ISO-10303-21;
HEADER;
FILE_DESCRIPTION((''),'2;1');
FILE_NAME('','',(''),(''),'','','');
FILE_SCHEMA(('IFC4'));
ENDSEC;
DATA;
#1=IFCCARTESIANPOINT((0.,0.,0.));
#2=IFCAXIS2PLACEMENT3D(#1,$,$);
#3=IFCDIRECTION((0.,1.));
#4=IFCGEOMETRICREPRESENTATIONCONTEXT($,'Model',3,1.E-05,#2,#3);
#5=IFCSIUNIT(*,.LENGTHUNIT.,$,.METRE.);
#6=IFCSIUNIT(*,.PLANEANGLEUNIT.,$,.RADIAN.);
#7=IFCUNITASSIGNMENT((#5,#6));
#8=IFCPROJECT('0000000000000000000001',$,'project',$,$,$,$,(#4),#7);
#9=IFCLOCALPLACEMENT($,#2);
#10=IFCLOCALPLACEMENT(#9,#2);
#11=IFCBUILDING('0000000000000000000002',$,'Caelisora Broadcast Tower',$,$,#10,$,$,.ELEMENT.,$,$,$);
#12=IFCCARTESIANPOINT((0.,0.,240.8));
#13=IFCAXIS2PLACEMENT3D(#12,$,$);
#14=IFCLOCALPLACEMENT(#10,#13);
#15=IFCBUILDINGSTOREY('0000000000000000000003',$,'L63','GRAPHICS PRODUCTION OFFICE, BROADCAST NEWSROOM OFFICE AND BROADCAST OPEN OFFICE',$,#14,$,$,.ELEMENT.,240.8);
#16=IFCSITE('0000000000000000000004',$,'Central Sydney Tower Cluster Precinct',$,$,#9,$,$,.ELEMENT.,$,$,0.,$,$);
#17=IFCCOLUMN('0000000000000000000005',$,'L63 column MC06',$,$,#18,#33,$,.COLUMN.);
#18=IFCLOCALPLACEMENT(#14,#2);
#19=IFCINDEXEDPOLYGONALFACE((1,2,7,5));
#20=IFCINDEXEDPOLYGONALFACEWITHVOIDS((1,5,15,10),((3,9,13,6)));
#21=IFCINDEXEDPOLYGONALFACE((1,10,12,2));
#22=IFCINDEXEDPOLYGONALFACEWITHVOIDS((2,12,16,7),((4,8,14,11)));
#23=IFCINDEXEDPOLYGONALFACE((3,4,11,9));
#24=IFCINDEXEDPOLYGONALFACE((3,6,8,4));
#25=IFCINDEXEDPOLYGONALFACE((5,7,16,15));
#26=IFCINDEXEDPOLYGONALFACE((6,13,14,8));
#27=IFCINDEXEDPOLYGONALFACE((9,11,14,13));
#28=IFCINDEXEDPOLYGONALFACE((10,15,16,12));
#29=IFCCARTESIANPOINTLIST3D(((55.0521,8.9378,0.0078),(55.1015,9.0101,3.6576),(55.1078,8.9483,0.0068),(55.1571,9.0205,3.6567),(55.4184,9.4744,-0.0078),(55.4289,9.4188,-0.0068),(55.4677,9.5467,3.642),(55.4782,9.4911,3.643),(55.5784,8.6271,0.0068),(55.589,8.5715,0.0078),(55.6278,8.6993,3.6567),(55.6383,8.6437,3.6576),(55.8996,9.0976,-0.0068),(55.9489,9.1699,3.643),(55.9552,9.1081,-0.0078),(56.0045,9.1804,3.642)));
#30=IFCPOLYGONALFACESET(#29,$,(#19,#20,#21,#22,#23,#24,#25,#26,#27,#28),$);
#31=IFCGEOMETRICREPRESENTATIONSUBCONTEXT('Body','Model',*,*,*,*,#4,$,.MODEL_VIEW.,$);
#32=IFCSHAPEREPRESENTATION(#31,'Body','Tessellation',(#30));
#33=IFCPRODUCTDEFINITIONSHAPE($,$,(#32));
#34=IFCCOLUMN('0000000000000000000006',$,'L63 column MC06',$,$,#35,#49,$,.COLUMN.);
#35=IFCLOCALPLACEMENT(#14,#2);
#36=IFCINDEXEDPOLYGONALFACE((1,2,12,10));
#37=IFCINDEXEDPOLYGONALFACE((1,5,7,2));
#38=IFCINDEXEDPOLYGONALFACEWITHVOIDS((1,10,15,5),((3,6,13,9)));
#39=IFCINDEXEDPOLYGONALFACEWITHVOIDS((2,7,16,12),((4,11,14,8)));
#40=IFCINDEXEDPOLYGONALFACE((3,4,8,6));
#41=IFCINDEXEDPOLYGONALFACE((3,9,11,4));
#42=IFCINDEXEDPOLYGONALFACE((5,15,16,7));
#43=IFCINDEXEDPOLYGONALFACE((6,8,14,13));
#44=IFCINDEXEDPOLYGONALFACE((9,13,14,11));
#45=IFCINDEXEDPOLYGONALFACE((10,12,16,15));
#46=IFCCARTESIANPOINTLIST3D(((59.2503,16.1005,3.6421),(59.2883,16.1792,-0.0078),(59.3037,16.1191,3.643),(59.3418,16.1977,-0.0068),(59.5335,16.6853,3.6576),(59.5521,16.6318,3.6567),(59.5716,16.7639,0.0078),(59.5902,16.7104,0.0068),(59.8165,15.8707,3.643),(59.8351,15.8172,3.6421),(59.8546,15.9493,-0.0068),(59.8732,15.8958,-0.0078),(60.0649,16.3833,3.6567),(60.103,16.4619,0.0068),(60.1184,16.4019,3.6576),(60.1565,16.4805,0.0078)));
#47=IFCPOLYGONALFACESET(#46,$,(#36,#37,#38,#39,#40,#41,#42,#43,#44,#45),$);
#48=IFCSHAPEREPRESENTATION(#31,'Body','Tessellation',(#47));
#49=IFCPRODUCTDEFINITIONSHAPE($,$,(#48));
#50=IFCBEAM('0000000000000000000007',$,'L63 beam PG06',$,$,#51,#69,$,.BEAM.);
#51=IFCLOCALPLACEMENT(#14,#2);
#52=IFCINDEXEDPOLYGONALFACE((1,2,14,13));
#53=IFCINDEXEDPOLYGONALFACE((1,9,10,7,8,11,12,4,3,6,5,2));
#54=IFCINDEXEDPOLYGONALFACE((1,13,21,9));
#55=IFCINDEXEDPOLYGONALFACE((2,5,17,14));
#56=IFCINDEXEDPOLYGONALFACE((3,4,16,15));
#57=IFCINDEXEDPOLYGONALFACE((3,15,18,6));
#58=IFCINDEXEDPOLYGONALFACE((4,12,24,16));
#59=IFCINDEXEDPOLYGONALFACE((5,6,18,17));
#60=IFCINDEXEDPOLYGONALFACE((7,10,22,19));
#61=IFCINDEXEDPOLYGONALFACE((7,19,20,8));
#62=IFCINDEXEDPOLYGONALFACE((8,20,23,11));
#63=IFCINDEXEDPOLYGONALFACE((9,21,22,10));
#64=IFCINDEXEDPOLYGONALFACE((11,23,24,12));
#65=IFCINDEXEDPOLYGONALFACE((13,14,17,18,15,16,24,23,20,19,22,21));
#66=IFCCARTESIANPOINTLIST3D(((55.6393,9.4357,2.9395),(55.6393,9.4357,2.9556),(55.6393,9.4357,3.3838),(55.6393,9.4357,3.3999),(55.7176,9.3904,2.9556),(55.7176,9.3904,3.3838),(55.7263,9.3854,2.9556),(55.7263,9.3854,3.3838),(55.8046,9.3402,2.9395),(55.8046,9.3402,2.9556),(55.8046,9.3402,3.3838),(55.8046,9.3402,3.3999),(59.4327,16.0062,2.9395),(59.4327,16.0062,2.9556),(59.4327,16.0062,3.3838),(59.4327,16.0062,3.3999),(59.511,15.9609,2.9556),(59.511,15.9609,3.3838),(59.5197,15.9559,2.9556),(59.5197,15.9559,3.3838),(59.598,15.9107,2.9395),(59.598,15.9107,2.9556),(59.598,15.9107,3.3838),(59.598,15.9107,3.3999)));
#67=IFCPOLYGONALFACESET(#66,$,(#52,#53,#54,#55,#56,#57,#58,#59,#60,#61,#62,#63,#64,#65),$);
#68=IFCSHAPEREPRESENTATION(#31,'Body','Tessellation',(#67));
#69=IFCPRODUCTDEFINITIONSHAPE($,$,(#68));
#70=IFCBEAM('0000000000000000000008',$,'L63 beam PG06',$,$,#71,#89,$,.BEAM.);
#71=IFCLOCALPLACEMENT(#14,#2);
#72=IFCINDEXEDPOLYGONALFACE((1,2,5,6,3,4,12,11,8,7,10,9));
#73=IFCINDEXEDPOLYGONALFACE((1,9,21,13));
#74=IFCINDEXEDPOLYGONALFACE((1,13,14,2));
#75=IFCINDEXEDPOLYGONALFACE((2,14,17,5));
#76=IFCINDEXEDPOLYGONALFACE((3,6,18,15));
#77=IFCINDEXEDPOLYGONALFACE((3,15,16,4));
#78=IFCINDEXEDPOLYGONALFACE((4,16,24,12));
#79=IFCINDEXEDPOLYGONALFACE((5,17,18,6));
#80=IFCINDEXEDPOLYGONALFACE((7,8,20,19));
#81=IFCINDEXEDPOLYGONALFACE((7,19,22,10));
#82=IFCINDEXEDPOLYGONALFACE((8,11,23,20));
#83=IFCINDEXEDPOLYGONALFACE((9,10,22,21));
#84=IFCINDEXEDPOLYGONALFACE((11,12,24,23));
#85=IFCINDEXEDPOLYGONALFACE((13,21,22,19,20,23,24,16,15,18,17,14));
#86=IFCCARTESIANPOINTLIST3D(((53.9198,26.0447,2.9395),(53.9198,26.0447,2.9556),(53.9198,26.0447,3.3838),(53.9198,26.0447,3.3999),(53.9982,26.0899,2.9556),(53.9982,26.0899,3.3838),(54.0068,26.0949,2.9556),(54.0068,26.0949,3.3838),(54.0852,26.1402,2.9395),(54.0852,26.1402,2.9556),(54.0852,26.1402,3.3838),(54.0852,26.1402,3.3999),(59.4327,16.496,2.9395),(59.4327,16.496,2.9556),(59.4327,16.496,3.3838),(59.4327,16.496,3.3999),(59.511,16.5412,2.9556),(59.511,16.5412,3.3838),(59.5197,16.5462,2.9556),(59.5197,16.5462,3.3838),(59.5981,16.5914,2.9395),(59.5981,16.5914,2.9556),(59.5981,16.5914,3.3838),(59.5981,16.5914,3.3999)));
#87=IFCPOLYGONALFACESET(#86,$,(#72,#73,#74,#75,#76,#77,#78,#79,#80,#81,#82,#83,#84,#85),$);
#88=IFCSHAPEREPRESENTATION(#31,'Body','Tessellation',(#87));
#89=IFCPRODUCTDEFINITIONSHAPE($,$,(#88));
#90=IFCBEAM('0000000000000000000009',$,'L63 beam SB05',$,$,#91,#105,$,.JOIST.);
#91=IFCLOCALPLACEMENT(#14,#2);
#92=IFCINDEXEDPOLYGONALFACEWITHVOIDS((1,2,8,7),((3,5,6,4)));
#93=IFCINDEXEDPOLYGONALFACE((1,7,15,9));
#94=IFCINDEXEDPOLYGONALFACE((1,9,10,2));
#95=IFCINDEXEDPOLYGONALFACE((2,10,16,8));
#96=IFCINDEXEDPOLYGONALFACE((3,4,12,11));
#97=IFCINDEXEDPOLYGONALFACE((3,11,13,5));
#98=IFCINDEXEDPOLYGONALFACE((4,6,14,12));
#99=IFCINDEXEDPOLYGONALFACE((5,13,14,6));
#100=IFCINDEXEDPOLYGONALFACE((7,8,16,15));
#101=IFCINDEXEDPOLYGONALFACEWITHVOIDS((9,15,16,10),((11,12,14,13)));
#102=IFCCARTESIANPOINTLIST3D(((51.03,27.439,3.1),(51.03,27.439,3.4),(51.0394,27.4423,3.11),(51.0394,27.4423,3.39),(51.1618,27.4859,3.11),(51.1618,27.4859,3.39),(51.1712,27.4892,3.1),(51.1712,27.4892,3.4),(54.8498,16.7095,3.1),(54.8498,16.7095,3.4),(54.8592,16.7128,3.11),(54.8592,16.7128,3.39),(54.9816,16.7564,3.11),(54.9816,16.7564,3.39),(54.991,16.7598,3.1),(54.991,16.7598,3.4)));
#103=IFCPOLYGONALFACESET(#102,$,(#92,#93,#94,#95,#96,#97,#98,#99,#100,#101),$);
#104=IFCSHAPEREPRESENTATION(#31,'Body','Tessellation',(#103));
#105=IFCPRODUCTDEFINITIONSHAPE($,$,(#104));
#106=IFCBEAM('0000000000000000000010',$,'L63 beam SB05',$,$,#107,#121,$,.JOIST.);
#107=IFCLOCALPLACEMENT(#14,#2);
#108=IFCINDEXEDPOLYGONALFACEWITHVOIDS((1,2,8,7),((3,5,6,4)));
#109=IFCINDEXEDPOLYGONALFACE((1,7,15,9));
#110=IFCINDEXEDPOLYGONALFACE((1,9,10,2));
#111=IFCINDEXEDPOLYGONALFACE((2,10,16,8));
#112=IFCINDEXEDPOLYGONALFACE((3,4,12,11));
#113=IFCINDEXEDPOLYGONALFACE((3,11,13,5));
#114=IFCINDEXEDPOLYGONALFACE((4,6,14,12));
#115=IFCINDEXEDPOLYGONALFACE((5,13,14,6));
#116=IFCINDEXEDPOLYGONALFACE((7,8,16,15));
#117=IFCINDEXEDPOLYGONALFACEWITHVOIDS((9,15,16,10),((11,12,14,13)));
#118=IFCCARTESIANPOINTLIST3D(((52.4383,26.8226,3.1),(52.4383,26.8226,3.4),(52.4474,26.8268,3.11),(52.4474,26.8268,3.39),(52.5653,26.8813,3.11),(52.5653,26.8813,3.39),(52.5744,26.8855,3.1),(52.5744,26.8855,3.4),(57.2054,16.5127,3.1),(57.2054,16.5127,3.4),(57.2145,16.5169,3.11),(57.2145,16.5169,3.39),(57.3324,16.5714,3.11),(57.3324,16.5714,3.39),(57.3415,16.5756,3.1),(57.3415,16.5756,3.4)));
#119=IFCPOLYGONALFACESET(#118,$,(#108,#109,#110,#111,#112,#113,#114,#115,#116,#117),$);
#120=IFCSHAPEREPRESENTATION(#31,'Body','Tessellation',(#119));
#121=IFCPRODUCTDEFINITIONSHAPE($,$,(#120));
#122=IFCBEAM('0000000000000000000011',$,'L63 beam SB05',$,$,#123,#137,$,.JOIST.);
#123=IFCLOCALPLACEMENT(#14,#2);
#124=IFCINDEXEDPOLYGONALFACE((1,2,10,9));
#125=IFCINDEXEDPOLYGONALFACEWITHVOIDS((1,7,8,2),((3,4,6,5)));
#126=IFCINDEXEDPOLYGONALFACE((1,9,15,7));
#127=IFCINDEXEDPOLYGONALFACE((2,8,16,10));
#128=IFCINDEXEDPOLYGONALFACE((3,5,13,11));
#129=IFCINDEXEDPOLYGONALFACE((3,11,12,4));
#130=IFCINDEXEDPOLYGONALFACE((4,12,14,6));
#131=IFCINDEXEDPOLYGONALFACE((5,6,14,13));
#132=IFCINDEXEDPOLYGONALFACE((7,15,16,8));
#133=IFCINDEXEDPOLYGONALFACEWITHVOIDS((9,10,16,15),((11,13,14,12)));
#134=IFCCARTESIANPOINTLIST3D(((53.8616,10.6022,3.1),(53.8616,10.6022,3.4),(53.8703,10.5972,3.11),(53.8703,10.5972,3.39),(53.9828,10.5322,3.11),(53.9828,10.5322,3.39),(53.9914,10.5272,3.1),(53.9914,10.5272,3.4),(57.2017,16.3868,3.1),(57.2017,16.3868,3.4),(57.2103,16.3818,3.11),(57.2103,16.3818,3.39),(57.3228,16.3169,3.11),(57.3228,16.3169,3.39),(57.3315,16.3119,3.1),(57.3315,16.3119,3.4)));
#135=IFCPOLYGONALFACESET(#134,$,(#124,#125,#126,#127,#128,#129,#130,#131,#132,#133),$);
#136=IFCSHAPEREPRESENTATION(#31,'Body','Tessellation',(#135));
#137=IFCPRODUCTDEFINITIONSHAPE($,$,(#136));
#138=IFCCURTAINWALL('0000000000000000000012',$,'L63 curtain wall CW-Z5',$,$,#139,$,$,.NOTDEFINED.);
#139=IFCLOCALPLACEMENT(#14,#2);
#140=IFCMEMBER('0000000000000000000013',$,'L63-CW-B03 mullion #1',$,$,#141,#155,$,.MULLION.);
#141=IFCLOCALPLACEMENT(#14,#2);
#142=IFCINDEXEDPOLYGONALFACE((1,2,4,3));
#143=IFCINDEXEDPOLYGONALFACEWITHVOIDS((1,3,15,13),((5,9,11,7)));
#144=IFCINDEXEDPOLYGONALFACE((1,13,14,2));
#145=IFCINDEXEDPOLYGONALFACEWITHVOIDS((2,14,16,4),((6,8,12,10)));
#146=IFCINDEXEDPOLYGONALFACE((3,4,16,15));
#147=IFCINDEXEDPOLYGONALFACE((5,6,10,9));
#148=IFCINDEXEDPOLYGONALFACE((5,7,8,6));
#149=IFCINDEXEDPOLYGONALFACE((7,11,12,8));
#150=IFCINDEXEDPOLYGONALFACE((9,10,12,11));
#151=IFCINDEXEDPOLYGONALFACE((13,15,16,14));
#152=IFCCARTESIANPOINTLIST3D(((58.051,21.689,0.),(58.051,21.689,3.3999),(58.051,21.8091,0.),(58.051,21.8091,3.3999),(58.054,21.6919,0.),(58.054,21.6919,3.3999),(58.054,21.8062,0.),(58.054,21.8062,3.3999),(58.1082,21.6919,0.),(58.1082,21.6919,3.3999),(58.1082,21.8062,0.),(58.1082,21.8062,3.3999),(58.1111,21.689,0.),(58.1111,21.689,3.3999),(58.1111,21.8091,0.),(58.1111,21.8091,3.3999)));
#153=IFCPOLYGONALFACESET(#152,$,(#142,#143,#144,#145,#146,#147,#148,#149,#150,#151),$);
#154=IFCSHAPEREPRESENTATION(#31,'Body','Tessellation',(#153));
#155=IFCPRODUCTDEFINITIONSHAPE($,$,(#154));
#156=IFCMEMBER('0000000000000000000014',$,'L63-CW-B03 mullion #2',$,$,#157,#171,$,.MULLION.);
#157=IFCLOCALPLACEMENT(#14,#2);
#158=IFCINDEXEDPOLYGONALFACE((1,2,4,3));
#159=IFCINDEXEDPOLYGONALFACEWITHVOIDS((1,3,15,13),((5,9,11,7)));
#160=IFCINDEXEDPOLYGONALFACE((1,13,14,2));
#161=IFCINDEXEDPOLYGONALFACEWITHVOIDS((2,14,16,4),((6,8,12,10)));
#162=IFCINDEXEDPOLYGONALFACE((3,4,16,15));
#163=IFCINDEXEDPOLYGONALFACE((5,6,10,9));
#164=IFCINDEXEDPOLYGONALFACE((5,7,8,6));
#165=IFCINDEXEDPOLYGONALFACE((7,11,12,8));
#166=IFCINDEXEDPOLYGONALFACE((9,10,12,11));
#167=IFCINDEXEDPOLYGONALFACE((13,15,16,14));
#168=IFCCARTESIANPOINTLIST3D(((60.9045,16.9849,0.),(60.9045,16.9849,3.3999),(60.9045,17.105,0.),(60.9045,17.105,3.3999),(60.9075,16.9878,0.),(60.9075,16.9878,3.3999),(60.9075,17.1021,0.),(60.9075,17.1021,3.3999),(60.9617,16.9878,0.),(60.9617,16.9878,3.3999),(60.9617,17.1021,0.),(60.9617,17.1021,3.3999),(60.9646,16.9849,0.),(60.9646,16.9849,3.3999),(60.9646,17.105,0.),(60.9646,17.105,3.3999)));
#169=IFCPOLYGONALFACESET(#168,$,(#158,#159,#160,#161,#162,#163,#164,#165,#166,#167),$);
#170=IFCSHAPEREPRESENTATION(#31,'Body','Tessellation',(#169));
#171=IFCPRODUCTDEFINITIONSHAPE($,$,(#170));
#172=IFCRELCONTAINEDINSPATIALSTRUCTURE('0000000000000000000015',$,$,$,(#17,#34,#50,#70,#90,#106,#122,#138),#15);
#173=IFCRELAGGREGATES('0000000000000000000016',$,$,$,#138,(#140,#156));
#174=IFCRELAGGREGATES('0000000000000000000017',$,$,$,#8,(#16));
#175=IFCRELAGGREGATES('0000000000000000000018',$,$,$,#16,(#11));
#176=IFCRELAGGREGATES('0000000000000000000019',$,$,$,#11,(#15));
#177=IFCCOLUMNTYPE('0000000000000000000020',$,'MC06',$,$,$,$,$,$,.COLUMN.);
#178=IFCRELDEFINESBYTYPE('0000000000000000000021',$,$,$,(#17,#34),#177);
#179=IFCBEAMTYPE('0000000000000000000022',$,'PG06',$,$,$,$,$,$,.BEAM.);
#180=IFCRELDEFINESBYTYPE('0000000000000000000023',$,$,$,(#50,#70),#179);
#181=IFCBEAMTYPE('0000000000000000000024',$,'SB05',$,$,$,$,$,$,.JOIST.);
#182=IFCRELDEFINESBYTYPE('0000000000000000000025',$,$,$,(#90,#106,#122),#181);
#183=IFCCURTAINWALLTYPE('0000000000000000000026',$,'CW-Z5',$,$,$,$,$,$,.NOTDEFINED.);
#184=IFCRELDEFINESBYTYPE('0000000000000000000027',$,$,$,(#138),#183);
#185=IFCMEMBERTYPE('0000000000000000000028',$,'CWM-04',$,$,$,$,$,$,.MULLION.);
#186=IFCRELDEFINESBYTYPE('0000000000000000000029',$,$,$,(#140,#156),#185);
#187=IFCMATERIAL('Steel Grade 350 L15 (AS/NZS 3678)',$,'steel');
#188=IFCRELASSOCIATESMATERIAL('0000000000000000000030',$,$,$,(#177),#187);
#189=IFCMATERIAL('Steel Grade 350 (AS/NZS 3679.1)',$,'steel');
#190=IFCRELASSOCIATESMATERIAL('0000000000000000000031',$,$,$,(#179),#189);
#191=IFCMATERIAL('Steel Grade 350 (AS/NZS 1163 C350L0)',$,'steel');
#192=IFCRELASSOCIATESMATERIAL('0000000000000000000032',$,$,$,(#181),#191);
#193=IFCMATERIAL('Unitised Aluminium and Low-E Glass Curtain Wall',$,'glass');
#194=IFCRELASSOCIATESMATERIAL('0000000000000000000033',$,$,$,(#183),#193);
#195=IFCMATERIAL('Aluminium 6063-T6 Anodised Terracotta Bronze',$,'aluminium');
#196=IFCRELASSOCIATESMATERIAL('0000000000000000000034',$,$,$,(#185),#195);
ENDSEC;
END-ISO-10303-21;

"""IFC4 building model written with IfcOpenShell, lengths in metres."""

from ifc_helpers import new_model, si_unit, direction, frame, origin, origin_2d, place, context, subcontext, project, spatial, hollow_rectangle, i_section, extrude, source, transform, mapped, material, material_profile, profile_set, type_object, type_shapes, element, aggregate, save


model = new_model("IFC4")

# Units and contexts
model_context = context("Model", 3, precision=1e-05, world=origin(), true_north=direction((0.0, 1.0)))
body_context = subcontext(model_context, "Body", "Model", "MODEL_VIEW")
ifc_project = project(units=[si_unit("LENGTHUNIT", "METRE"), si_unit("PLANEANGLEUNIT", "RADIAN")], contexts=[model_context])

# Site, building, storey
site_placement = place(None, origin())
site = spatial("IfcSite", under=ifc_project, at=site_placement, Name="Central Sydney Tower Cluster Precinct", CompositionType="ELEMENT", RefElevation=0.0)
building_placement = place(site_placement, origin())
building = spatial("IfcBuilding", under=site, at=building_placement, Name="Caelisora Broadcast Tower", CompositionType="ELEMENT")
storey_placement = place(building_placement, frame((0.0, 0.0, 240.8)))
storey = spatial("IfcBuildingStorey", under=building, at=storey_placement, Name="L63", Description="GRAPHICS PRODUCTION OFFICE, BROADCAST NEWSROOM OFFICE AND BROADCAST OPEN OFFICE", CompositionType="ELEMENT", Elevation=240.8)

# Columns
ifc_material_1 = material(Name="Steel Grade 350 L15 (AS/NZS 3678)", Category="steel")
ifc_material_profile_1 = material_profile(ifc_material_1, hollow_rectangle(XDim=0.6499, YDim=0.6499, WallThickness=0.04, at=origin_2d()), Name="Steel Grade 350 L15 (AS/NZS 3678)")
ifc_profile_set_1 = profile_set([ifc_material_profile_1], Name="Steel Grade 350 L15 (AS/NZS 3678)")
column_type = type_object("IfcColumnType", Name="MC06", PredefinedType="COLUMN", material=ifc_profile_set_1)
shared_shape_1 = source(origin(), body_context, "Body", "SweptSolid", [
    extrude(hollow_rectangle(XDim=0.6499, YDim=0.6499, WallThickness=0.04, at=origin_2d()), origin(), (0.0, 0.0, 1.0), 3.6509),
])
type_shapes(column_type, [shared_shape_1])
for number, where, z_axis, x_axis, name in (
    (1, (55.5037, 9.0229, 0.0), (0.013508, 0.019794, 0.999713), (-0.825991, 0.563683, 0.0), "L63 column MC06"),
    (2, (59.7224, 16.3298, 0.0), (-0.010432, -0.021532, 0.999714), (0.899947, -0.435999, 0.0), "L63 column MC06"),
):
    element("IfcColumn", number, at=place(storey_placement, frame(where, z_axis=z_axis, x_axis=x_axis)), inside=storey, type_object=column_type, Name=name, PredefinedType="COLUMN", context=body_context, shape_type="MappedRepresentation", body=[
        mapped(shared_shape_1, transform((0.0, 0.0, 0.0), scale=1.0)),
    ])

# Beams
ifc_material_2 = material(Name="Steel Grade 350 (AS/NZS 3679.1)", Category="steel")
ifc_material_profile_2 = material_profile(ifc_material_2, i_section(OverallWidth=0.1909, OverallDepth=0.4604, WebThickness=0.01, FlangeThickness=0.0161, at=origin_2d()), Name="Steel Grade 350 (AS/NZS 3679.1)")
ifc_profile_set_2 = profile_set([ifc_material_profile_2], Name="Steel Grade 350 (AS/NZS 3679.1)")
beam_type_1 = type_object("IfcBeamType", Name="PG06", PredefinedType="BEAM", material=ifc_profile_set_2)
shared_shape_2 = source(origin(), body_context, "Body", "SweptSolid", [
    extrude(i_section(OverallWidth=0.1909, OverallDepth=0.4604, WebThickness=0.01, FlangeThickness=0.0161, at=origin_2d()), origin(), (0.0, 0.0, 1.0), 7.5869),
])
beam_1_placement = place(storey_placement, frame((55.7219, 9.3879, 3.1697), z_axis=(0.499995, 0.866029, 0.0), x_axis=(-0.866029, 0.499995, 0.0)))
element("IfcBeam", 3, at=beam_1_placement, inside=storey, type_object=beam_type_1, Name="L63 beam PG06", PredefinedType="BEAM", context=body_context, shape_type="MappedRepresentation", body=[
    mapped(shared_shape_2, transform((0.0, 0.0, 0.0), scale=1.0)),
])
shared_shape_3 = source(origin(), body_context, "Body", "SweptSolid", [
    extrude(i_section(OverallWidth=0.1909, OverallDepth=0.4604, WebThickness=0.01, FlangeThickness=0.0161, at=origin_2d()), origin(), (0.0, 0.0, 1.0), 11.0259),
])
type_shapes(beam_type_1, [shared_shape_2, shared_shape_3])
beam_2_placement = place(storey_placement, frame((59.5154, 16.5437, 3.1697), z_axis=(-0.499995, 0.866029, 0.0), x_axis=(-0.866029, -0.499995, 0.0)))
element("IfcBeam", 4, at=beam_2_placement, inside=storey, type_object=beam_type_1, Name="L63 beam PG06", PredefinedType="BEAM", context=body_context, shape_type="MappedRepresentation", body=[
    mapped(shared_shape_3, transform((0.0, 0.0, 0.0), scale=1.0)),
])
ifc_material_3 = material(Name="Steel Grade 350 (AS/NZS 1163 C350L0)", Category="steel")
ifc_material_profile_3 = material_profile(ifc_material_3, hollow_rectangle(XDim=0.1499, YDim=0.3, WallThickness=0.01, at=origin_2d()), Name="Steel Grade 350 (AS/NZS 1163 C350L0)")
ifc_profile_set_3 = profile_set([ifc_material_profile_3], Name="Steel Grade 350 (AS/NZS 1163 C350L0)")
beam_type_2 = type_object("IfcBeamType", Name="SB05", PredefinedType="JOIST", material=ifc_profile_set_3)
shared_shape_4 = source(origin(), body_context, "Body", "SweptSolid", [
    extrude(hollow_rectangle(XDim=0.1499, YDim=0.3, WallThickness=0.01, at=origin_2d()), origin(), (0.0, 0.0, 1.0), 11.3892),
])
beam_3_placement = place(storey_placement, frame((54.9204, 16.7346, 3.25), z_axis=(-0.335391, 0.942079, 0.0), x_axis=(-0.942079, -0.335391, 0.0)))
element("IfcBeam", 5, at=beam_3_placement, inside=storey, type_object=beam_type_2, Name="L63 beam SB05", PredefinedType="JOIST", context=body_context, shape_type="MappedRepresentation", body=[
    mapped(shared_shape_4, transform((0.0, 0.0, 0.0), scale=1.0)),
])
shared_shape_5 = source(origin(), body_context, "Body", "SweptSolid", [
    extrude(hollow_rectangle(XDim=0.1499, YDim=0.3, WallThickness=0.01, at=origin_2d()), origin(), (0.0, 0.0, 1.0), 11.3586),
])
beam_4_placement = place(storey_placement, frame((57.2734, 16.5442, 3.25), z_axis=(-0.419691, 0.907667, 0.0), x_axis=(-0.907667, -0.419691, 0.0)))
element("IfcBeam", 6, at=beam_4_placement, inside=storey, type_object=beam_type_2, Name="L63 beam SB05", PredefinedType="JOIST", context=body_context, shape_type="MappedRepresentation", body=[
    mapped(shared_shape_5, transform((0.0, 0.0, 0.0), scale=1.0)),
])
shared_shape_6 = source(origin(), body_context, "Body", "SweptSolid", [
    extrude(hollow_rectangle(XDim=0.1499, YDim=0.3, WallThickness=0.01, at=origin_2d()), origin(), (0.0, 0.0, 1.0), 6.6797),
])
type_shapes(beam_type_2, [shared_shape_4, shared_shape_5, shared_shape_6])
beam_5_placement = place(storey_placement, frame((53.9265, 10.5647, 3.25), z_axis=(0.500035, 0.866005, 0.0), x_axis=(-0.866005, 0.500035, 0.0)))
element("IfcBeam", 7, at=beam_5_placement, inside=storey, type_object=beam_type_2, Name="L63 beam SB05", PredefinedType="JOIST", context=body_context, shape_type="MappedRepresentation", body=[
    mapped(shared_shape_6, transform((0.0, 0.0, 0.0), scale=1.0)),
])

# Curtain wall, members
ifc_material_4 = material(Name="Unitised Aluminium and Low-E Glass Curtain Wall", Category="glass")
curtain_wall_type = type_object("IfcCurtainWallType", Name="CW-Z5", PredefinedType="NOTDEFINED", material=ifc_material_4)
curtain_wall_1_placement = place(storey_placement, origin())
curtain_wall_1 = element("IfcCurtainWall", 8, at=curtain_wall_1_placement, inside=storey, type_object=curtain_wall_type, Name="L63 curtain wall CW-Z5", PredefinedType="NOTDEFINED")
ifc_material_5 = material(Name="Aluminium 6063-T6 Anodised Terracotta Bronze", Category="aluminium")
ifc_material_profile_4 = material_profile(ifc_material_5, hollow_rectangle(XDim=0.0601, YDim=0.1201, WallThickness=0.0029, at=origin_2d()), Name="Aluminium 6063-T6 Anodised Terracotta Bronze")
ifc_profile_set_4 = profile_set([ifc_material_profile_4], Name="Aluminium 6063-T6 Anodised Terracotta Bronze")
member_type_1 = type_object("IfcMemberType", Name="CWM-04", PredefinedType="MULLION", material=ifc_profile_set_4)
shared_shape_7 = source(origin(), body_context, "Body", "SweptSolid", [
    extrude(hollow_rectangle(XDim=0.0601, YDim=0.1201, WallThickness=0.0029, at=origin_2d()), origin(), (0.0, 0.0, 1.0), 3.3999),
])
type_shapes(member_type_1, [shared_shape_7])
member_1_placement = place(storey_placement, frame((58.0811, 21.749, 0.0), z_axis=(0.0, 0.0, 1.0), x_axis=(1.0, 0.0, 0.0)))
member_1 = element("IfcMember", 9, at=member_1_placement, type_object=member_type_1, Name="L63-CW-B03 mullion #1", PredefinedType="MULLION", context=body_context, shape_type="MappedRepresentation", body=[
    mapped(shared_shape_7, transform((0.0, 0.0, 0.0), scale=1.0)),
])
member_2_placement = place(storey_placement, frame((60.9346, 17.0449, 0.0), z_axis=(0.0, 0.0, 1.0), x_axis=(1.0, 0.0, 0.0)))
member_2 = element("IfcMember", 10, at=member_2_placement, type_object=member_type_1, Name="L63-CW-B03 mullion #2", PredefinedType="MULLION", context=body_context, shape_type="MappedRepresentation", body=[
    mapped(shared_shape_7, transform((0.0, 0.0, 0.0), scale=1.0)),
])

aggregate(curtain_wall_1, [member_1, member_2])

save(model, "model.ifc")
